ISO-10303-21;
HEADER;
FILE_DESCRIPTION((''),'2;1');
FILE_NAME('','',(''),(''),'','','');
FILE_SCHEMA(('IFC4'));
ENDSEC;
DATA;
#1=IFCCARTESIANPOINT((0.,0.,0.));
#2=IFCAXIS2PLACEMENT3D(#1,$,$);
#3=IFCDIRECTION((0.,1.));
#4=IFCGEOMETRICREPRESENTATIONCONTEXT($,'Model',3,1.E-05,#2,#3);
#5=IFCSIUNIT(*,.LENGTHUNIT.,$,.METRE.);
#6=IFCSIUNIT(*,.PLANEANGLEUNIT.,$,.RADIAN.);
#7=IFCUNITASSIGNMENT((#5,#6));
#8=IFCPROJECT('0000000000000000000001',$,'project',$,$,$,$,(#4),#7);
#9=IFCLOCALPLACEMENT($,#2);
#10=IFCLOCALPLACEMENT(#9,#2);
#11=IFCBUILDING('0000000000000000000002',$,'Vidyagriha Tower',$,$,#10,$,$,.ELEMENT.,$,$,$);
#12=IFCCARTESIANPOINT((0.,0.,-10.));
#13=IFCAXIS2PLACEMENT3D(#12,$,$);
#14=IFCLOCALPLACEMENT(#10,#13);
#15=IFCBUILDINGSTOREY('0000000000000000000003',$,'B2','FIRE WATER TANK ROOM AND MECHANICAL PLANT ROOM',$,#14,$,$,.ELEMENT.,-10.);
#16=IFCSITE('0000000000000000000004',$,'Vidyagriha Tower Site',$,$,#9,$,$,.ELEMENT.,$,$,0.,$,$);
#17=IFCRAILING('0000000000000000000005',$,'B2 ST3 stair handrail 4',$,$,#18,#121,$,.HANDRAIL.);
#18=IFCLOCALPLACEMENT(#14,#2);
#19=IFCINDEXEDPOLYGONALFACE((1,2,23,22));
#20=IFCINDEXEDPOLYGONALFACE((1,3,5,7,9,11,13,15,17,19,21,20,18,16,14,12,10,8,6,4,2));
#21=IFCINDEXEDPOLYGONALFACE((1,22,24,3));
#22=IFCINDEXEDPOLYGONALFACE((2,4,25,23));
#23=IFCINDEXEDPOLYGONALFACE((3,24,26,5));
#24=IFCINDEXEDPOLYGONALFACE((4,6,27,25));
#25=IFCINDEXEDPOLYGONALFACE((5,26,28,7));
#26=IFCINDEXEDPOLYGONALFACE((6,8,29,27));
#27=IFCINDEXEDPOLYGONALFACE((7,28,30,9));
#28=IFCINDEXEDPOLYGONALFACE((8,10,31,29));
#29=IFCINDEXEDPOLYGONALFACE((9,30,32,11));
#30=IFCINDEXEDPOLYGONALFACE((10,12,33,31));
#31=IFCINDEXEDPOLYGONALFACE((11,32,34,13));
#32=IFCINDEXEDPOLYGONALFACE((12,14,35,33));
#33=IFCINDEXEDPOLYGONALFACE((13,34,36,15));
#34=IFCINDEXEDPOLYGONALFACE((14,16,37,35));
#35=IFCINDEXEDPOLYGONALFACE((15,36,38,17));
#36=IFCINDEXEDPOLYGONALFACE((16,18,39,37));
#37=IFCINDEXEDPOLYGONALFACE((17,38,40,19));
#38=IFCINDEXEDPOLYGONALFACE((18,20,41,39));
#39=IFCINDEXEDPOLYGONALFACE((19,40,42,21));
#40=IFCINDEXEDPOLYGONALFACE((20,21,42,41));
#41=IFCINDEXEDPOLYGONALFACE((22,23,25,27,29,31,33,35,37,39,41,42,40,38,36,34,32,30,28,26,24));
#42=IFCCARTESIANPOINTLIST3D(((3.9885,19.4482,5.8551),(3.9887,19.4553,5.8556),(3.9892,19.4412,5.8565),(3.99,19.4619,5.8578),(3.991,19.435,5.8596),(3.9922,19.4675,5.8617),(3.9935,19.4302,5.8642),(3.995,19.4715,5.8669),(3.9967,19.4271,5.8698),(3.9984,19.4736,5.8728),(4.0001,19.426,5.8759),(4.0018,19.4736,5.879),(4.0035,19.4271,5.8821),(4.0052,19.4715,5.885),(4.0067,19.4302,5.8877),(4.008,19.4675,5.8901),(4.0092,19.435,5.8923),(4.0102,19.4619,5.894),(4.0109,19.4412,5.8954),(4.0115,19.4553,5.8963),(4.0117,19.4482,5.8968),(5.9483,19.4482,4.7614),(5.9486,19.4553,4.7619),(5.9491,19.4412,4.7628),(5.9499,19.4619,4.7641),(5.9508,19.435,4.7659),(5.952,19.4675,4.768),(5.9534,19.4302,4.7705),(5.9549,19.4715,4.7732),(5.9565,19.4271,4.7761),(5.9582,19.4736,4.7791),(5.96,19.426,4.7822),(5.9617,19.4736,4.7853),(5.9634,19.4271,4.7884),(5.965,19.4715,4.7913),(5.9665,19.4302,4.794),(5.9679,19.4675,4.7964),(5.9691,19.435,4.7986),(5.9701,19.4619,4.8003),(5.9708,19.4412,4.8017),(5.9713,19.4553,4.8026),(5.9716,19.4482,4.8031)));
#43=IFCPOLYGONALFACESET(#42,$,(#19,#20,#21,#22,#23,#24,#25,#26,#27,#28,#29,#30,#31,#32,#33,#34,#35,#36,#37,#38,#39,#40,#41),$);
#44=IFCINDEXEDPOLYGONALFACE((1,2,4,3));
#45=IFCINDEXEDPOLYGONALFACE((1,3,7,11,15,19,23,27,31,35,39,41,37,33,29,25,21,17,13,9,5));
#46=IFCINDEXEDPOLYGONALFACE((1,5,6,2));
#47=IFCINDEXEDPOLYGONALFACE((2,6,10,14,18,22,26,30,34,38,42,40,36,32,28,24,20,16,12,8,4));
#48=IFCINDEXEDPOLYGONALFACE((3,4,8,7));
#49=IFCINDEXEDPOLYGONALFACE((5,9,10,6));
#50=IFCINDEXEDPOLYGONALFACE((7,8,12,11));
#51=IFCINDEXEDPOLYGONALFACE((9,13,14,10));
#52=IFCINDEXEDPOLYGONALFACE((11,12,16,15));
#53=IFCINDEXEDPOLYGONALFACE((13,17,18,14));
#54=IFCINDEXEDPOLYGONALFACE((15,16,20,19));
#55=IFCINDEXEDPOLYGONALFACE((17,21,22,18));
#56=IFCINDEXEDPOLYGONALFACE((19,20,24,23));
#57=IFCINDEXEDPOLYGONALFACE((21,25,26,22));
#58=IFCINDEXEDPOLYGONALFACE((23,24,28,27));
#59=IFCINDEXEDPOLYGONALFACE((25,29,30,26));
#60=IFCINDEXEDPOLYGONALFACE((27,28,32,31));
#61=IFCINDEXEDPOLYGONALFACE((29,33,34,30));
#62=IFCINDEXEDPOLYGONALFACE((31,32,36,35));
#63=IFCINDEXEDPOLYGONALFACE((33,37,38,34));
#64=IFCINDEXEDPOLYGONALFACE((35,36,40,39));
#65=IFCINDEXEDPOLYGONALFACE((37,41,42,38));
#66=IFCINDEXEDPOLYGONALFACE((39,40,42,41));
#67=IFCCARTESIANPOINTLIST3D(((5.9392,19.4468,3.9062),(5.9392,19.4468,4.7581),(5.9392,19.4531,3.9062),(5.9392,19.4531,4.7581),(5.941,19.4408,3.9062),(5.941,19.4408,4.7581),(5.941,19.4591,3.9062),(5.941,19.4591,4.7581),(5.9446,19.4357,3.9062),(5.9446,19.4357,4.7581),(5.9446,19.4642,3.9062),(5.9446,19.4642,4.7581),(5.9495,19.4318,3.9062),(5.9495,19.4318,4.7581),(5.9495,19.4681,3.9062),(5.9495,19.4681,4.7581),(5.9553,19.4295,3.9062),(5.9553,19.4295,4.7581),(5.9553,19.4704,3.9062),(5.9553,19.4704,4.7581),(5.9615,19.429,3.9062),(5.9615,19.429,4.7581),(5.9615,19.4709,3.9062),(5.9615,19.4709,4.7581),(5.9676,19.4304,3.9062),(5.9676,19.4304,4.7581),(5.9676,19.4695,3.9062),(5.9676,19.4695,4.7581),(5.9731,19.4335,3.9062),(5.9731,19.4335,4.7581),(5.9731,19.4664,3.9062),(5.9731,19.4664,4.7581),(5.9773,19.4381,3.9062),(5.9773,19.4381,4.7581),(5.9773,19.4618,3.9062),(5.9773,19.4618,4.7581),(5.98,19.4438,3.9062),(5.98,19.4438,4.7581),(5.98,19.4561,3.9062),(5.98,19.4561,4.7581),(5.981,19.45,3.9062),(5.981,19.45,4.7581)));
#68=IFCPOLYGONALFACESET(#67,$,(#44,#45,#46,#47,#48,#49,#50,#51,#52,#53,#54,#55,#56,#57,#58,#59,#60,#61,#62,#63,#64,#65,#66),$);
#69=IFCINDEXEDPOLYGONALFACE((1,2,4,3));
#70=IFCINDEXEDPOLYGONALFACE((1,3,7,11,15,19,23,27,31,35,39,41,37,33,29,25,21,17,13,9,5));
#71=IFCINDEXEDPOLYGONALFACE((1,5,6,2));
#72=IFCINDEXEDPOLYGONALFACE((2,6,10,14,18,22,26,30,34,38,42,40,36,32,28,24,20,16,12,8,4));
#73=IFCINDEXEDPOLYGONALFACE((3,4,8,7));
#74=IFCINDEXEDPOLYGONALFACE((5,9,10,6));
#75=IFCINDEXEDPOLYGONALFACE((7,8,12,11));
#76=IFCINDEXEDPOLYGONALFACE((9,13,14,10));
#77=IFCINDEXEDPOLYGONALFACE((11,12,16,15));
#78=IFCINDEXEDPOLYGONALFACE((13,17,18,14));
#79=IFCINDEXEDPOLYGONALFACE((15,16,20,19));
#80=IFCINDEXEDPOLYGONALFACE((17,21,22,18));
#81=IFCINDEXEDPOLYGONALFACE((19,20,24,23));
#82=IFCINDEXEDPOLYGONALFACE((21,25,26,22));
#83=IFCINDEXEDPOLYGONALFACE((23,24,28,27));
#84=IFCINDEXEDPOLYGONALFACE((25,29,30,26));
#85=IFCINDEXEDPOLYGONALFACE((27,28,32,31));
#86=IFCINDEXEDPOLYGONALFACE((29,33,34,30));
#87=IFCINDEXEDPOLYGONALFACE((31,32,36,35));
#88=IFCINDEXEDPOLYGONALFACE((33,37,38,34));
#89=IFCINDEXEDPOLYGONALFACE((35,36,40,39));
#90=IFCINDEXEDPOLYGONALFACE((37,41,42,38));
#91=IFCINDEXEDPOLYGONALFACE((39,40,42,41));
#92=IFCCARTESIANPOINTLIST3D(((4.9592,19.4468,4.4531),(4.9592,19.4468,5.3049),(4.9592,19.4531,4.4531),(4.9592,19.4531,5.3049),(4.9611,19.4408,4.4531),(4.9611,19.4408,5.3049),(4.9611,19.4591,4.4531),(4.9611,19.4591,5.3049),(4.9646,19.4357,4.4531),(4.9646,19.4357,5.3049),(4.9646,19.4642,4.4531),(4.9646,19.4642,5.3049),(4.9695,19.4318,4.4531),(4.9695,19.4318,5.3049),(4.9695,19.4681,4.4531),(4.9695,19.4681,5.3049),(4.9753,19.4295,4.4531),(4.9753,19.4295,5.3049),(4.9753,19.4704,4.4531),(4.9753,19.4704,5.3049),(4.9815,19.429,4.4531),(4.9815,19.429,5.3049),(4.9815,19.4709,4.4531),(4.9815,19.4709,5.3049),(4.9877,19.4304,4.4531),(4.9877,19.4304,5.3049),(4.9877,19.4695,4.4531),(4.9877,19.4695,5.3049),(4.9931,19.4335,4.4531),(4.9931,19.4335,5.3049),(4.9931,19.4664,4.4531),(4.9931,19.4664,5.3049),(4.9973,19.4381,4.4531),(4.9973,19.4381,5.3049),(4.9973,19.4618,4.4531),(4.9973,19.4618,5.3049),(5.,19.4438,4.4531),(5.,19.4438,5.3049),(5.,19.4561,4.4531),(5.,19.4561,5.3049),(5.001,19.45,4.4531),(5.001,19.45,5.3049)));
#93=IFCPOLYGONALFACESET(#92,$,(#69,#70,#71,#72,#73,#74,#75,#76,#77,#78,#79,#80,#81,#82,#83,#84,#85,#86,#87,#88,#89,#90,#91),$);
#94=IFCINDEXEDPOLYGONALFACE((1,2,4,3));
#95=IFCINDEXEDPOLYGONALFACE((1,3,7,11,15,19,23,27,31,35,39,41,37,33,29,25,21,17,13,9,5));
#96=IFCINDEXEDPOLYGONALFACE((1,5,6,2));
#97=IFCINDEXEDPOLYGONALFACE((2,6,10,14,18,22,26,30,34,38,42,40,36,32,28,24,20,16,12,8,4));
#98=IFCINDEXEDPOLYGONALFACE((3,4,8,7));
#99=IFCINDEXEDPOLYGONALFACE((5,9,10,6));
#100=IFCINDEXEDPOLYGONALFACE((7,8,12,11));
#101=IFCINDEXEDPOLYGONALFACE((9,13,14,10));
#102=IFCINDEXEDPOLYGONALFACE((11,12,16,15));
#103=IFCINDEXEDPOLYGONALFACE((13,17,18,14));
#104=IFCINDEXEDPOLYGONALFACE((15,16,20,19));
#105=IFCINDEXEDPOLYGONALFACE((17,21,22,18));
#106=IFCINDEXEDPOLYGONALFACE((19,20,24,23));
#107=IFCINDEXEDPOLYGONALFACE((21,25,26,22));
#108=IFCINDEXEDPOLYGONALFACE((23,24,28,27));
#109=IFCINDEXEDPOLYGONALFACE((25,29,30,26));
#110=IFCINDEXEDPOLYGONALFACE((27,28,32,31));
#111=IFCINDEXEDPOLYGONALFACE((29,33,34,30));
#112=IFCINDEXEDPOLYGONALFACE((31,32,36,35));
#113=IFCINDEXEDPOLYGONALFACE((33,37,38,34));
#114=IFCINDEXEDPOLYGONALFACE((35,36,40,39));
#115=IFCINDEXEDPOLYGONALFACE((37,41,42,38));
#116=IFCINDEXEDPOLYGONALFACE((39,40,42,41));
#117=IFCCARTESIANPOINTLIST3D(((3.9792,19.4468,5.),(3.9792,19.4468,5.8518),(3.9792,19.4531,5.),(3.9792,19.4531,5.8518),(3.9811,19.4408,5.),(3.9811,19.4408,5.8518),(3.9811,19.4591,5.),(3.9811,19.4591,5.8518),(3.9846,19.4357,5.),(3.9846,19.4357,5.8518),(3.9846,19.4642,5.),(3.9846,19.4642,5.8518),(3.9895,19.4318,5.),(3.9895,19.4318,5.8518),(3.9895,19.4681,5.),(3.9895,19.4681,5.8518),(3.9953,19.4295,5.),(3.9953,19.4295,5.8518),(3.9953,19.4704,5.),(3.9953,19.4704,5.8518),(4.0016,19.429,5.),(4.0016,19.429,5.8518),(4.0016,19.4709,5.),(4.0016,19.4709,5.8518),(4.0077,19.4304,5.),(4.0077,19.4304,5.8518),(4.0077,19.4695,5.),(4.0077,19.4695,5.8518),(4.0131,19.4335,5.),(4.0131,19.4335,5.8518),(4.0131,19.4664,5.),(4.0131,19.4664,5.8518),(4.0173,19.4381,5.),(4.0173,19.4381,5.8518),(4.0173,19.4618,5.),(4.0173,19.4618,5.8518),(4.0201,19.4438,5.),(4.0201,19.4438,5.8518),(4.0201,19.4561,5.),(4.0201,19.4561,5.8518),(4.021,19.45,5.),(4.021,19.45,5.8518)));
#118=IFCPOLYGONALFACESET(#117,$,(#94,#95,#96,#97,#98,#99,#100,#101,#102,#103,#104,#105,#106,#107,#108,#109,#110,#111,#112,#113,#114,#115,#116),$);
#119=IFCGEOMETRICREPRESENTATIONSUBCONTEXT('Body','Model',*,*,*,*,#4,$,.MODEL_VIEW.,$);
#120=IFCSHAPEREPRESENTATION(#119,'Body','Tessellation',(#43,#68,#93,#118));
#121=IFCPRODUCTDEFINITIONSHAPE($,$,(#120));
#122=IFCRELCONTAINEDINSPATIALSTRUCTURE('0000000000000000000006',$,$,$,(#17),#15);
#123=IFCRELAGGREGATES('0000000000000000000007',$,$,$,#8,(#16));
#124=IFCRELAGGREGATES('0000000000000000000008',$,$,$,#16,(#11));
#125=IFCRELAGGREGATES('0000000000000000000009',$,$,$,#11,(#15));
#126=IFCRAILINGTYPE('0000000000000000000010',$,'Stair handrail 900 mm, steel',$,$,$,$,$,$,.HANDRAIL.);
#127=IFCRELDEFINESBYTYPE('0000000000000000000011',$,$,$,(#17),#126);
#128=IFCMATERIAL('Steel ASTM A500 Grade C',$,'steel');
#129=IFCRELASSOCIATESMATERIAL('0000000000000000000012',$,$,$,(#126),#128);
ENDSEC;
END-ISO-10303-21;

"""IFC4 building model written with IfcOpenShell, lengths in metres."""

from ifc_helpers import new_model, si_unit, direction, frame, origin, origin_2d, place, context, subcontext, project, spatial, circle, extrude, material, type_object, element, save


model = new_model("IFC4")

# Units and contexts
model_context = context("Model", 3, precision=1e-05, world=origin(), true_north=direction((0.0, 1.0)))
body_context = subcontext(model_context, "Body", "Model", "MODEL_VIEW")
ifc_project = project(units=[si_unit("LENGTHUNIT", "METRE"), si_unit("PLANEANGLEUNIT", "RADIAN")], contexts=[model_context])

# Site, building, storey
site_placement = place(None, origin())
site = spatial("IfcSite", under=ifc_project, at=site_placement, Name="Vidyagriha Tower Site", CompositionType="ELEMENT", RefElevation=0.0)
building_placement = place(site_placement, origin())
building = spatial("IfcBuilding", under=site, at=building_placement, Name="Vidyagriha Tower", CompositionType="ELEMENT")
storey_placement = place(building_placement, frame((0.0, 0.0, -10.0)))
storey = spatial("IfcBuildingStorey", under=building, at=storey_placement, Name="B2", Description="FIRE WATER TANK ROOM AND MECHANICAL PLANT ROOM", CompositionType="ELEMENT", Elevation=-10.0)

# Railing
ifc_material_1 = material(Name="Steel ASTM A500 Grade C", Category="steel")
railing_type_1 = type_object("IfcRailingType", Name="Stair handrail 900 mm, steel", PredefinedType="HANDRAIL", material=ifc_material_1)
railing_1_placement = place(storey_placement, frame((5.96, 19.45, 3.9062)))
element("IfcRailing", 1, at=railing_1_placement, inside=storey, type_object=railing_type_1, Name="B2 ST3 stair handrail 4", PredefinedType="HANDRAIL", context=body_context, shape_type="SweptSolid", body=[
    extrude(circle(Radius=0.0239, at=origin_2d()), frame((0.0, 0.0, 0.876), z_axis=(-0.873232, 0.0, 0.487304), x_axis=(0.0, -1.0, 0.0)), (0.0, 0.0, 1.0), 2.2444),
    extrude(circle(Radius=0.021, at=origin_2d()), origin(), (0.0, 0.0, 1.0), 0.8518),
    extrude(circle(Radius=0.021, at=origin_2d()), frame((-0.98, 0.0, 0.5469)), (0.0, 0.0, 1.0), 0.8518),
    extrude(circle(Radius=0.021, at=origin_2d()), frame((-1.96, 0.0, 1.0938)), (0.0, 0.0, 1.0), 0.8518),
])

save(model, "model.ifc")
